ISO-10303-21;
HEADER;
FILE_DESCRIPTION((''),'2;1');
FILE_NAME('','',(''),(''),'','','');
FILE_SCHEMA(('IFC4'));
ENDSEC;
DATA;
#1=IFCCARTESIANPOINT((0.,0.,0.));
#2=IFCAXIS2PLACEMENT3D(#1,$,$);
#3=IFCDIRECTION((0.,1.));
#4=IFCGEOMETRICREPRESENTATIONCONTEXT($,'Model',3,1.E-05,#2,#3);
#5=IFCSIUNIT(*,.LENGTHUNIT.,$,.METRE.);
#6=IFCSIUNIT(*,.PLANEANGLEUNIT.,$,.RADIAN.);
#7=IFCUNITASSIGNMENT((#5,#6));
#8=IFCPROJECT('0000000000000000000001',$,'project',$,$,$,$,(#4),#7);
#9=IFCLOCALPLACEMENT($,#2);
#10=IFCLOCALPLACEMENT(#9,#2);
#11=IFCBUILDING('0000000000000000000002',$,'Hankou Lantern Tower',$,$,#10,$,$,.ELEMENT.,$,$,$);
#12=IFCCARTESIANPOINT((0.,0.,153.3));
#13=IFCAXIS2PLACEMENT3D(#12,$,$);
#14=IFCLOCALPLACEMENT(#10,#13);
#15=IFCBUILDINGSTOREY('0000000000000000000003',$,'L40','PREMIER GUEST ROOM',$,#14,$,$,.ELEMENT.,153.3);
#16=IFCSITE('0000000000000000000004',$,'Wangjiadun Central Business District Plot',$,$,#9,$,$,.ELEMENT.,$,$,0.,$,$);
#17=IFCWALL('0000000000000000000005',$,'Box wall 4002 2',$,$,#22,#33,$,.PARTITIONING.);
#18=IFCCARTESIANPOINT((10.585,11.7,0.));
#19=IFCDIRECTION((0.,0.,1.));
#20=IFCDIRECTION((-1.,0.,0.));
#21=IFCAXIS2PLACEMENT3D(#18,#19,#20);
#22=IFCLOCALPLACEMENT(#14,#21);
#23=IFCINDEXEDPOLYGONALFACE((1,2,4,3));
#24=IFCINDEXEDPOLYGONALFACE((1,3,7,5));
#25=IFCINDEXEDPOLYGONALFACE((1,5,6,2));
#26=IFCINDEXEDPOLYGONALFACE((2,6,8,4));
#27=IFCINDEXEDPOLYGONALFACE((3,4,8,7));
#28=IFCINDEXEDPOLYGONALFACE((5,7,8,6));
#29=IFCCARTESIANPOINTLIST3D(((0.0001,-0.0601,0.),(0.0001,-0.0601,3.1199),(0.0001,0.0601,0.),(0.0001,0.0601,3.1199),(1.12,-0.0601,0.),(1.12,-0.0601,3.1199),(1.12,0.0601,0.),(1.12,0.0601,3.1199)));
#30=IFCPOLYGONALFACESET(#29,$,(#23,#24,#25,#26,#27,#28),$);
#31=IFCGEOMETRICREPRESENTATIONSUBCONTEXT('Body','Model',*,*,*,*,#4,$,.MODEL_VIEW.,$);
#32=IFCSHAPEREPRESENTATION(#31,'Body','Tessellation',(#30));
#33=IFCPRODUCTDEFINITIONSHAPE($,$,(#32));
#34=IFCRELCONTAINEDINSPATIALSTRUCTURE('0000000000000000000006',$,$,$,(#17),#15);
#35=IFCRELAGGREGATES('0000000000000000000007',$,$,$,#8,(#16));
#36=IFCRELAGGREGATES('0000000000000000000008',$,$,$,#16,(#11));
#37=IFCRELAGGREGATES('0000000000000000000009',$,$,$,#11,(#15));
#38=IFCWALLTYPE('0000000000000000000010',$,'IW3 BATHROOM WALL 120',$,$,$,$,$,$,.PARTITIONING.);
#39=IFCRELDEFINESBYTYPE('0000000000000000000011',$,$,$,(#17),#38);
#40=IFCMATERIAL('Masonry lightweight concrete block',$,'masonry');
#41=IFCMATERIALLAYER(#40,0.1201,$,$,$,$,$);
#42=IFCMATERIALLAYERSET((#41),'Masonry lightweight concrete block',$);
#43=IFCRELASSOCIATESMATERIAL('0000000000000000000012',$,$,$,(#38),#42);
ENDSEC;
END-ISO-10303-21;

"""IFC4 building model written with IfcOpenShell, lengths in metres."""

from ifc_helpers import new_model, si_unit, direction, frame, frame_2d, origin, place, context, subcontext, project, spatial, rectangle, extrude, material, layer, layer_set, type_object, element, save


model = new_model("IFC4")

# Units and contexts
model_context = context("Model", 3, precision=1e-05, world=origin(), true_north=direction((0.0, 1.0)))
body_context = subcontext(model_context, "Body", "Model", "MODEL_VIEW")
ifc_project = project(units=[si_unit("LENGTHUNIT", "METRE"), si_unit("PLANEANGLEUNIT", "RADIAN")], contexts=[model_context])

# Site, building, storey
site_placement = place(None, origin())
site = spatial("IfcSite", under=ifc_project, at=site_placement, Name="Wangjiadun Central Business District Plot", CompositionType="ELEMENT", RefElevation=0.0)
building_placement = place(site_placement, origin())
building = spatial("IfcBuilding", under=site, at=building_placement, Name="Hankou Lantern Tower", CompositionType="ELEMENT")
storey_placement = place(building_placement, frame((0.0, 0.0, 153.3)))
storey = spatial("IfcBuildingStorey", under=building, at=storey_placement, Name="L40", Description="PREMIER GUEST ROOM", CompositionType="ELEMENT", Elevation=153.3)

# Wall
ifc_material_1 = material(Name="Masonry lightweight concrete block", Category="masonry")
ifc_layer_1 = layer(ifc_material_1, 0.1201)
ifc_layer_set_1 = layer_set([ifc_layer_1], Name="Masonry lightweight concrete block")
wall_type_1 = type_object("IfcWallType", Name="IW3 BATHROOM WALL 120", PredefinedType="PARTITIONING", material=ifc_layer_set_1)
wall_1_placement = place(storey_placement, frame((10.585, 11.7, 0.0), z_axis=(0.0, 0.0, 1.0), x_axis=(-1.0, 0.0, 0.0)))
element("IfcWall", 1, at=wall_1_placement, inside=storey, type_object=wall_type_1, Name="Box wall 4002 2", PredefinedType="PARTITIONING", context=body_context, shape_type="SweptSolid", body=[
    extrude(rectangle(XDim=1.1199, YDim=0.1201, at=frame_2d((0.5601, 0.0))), origin(), (0.0, 0.0, 1.0), 3.1199),
])

save(model, "model.ifc")
